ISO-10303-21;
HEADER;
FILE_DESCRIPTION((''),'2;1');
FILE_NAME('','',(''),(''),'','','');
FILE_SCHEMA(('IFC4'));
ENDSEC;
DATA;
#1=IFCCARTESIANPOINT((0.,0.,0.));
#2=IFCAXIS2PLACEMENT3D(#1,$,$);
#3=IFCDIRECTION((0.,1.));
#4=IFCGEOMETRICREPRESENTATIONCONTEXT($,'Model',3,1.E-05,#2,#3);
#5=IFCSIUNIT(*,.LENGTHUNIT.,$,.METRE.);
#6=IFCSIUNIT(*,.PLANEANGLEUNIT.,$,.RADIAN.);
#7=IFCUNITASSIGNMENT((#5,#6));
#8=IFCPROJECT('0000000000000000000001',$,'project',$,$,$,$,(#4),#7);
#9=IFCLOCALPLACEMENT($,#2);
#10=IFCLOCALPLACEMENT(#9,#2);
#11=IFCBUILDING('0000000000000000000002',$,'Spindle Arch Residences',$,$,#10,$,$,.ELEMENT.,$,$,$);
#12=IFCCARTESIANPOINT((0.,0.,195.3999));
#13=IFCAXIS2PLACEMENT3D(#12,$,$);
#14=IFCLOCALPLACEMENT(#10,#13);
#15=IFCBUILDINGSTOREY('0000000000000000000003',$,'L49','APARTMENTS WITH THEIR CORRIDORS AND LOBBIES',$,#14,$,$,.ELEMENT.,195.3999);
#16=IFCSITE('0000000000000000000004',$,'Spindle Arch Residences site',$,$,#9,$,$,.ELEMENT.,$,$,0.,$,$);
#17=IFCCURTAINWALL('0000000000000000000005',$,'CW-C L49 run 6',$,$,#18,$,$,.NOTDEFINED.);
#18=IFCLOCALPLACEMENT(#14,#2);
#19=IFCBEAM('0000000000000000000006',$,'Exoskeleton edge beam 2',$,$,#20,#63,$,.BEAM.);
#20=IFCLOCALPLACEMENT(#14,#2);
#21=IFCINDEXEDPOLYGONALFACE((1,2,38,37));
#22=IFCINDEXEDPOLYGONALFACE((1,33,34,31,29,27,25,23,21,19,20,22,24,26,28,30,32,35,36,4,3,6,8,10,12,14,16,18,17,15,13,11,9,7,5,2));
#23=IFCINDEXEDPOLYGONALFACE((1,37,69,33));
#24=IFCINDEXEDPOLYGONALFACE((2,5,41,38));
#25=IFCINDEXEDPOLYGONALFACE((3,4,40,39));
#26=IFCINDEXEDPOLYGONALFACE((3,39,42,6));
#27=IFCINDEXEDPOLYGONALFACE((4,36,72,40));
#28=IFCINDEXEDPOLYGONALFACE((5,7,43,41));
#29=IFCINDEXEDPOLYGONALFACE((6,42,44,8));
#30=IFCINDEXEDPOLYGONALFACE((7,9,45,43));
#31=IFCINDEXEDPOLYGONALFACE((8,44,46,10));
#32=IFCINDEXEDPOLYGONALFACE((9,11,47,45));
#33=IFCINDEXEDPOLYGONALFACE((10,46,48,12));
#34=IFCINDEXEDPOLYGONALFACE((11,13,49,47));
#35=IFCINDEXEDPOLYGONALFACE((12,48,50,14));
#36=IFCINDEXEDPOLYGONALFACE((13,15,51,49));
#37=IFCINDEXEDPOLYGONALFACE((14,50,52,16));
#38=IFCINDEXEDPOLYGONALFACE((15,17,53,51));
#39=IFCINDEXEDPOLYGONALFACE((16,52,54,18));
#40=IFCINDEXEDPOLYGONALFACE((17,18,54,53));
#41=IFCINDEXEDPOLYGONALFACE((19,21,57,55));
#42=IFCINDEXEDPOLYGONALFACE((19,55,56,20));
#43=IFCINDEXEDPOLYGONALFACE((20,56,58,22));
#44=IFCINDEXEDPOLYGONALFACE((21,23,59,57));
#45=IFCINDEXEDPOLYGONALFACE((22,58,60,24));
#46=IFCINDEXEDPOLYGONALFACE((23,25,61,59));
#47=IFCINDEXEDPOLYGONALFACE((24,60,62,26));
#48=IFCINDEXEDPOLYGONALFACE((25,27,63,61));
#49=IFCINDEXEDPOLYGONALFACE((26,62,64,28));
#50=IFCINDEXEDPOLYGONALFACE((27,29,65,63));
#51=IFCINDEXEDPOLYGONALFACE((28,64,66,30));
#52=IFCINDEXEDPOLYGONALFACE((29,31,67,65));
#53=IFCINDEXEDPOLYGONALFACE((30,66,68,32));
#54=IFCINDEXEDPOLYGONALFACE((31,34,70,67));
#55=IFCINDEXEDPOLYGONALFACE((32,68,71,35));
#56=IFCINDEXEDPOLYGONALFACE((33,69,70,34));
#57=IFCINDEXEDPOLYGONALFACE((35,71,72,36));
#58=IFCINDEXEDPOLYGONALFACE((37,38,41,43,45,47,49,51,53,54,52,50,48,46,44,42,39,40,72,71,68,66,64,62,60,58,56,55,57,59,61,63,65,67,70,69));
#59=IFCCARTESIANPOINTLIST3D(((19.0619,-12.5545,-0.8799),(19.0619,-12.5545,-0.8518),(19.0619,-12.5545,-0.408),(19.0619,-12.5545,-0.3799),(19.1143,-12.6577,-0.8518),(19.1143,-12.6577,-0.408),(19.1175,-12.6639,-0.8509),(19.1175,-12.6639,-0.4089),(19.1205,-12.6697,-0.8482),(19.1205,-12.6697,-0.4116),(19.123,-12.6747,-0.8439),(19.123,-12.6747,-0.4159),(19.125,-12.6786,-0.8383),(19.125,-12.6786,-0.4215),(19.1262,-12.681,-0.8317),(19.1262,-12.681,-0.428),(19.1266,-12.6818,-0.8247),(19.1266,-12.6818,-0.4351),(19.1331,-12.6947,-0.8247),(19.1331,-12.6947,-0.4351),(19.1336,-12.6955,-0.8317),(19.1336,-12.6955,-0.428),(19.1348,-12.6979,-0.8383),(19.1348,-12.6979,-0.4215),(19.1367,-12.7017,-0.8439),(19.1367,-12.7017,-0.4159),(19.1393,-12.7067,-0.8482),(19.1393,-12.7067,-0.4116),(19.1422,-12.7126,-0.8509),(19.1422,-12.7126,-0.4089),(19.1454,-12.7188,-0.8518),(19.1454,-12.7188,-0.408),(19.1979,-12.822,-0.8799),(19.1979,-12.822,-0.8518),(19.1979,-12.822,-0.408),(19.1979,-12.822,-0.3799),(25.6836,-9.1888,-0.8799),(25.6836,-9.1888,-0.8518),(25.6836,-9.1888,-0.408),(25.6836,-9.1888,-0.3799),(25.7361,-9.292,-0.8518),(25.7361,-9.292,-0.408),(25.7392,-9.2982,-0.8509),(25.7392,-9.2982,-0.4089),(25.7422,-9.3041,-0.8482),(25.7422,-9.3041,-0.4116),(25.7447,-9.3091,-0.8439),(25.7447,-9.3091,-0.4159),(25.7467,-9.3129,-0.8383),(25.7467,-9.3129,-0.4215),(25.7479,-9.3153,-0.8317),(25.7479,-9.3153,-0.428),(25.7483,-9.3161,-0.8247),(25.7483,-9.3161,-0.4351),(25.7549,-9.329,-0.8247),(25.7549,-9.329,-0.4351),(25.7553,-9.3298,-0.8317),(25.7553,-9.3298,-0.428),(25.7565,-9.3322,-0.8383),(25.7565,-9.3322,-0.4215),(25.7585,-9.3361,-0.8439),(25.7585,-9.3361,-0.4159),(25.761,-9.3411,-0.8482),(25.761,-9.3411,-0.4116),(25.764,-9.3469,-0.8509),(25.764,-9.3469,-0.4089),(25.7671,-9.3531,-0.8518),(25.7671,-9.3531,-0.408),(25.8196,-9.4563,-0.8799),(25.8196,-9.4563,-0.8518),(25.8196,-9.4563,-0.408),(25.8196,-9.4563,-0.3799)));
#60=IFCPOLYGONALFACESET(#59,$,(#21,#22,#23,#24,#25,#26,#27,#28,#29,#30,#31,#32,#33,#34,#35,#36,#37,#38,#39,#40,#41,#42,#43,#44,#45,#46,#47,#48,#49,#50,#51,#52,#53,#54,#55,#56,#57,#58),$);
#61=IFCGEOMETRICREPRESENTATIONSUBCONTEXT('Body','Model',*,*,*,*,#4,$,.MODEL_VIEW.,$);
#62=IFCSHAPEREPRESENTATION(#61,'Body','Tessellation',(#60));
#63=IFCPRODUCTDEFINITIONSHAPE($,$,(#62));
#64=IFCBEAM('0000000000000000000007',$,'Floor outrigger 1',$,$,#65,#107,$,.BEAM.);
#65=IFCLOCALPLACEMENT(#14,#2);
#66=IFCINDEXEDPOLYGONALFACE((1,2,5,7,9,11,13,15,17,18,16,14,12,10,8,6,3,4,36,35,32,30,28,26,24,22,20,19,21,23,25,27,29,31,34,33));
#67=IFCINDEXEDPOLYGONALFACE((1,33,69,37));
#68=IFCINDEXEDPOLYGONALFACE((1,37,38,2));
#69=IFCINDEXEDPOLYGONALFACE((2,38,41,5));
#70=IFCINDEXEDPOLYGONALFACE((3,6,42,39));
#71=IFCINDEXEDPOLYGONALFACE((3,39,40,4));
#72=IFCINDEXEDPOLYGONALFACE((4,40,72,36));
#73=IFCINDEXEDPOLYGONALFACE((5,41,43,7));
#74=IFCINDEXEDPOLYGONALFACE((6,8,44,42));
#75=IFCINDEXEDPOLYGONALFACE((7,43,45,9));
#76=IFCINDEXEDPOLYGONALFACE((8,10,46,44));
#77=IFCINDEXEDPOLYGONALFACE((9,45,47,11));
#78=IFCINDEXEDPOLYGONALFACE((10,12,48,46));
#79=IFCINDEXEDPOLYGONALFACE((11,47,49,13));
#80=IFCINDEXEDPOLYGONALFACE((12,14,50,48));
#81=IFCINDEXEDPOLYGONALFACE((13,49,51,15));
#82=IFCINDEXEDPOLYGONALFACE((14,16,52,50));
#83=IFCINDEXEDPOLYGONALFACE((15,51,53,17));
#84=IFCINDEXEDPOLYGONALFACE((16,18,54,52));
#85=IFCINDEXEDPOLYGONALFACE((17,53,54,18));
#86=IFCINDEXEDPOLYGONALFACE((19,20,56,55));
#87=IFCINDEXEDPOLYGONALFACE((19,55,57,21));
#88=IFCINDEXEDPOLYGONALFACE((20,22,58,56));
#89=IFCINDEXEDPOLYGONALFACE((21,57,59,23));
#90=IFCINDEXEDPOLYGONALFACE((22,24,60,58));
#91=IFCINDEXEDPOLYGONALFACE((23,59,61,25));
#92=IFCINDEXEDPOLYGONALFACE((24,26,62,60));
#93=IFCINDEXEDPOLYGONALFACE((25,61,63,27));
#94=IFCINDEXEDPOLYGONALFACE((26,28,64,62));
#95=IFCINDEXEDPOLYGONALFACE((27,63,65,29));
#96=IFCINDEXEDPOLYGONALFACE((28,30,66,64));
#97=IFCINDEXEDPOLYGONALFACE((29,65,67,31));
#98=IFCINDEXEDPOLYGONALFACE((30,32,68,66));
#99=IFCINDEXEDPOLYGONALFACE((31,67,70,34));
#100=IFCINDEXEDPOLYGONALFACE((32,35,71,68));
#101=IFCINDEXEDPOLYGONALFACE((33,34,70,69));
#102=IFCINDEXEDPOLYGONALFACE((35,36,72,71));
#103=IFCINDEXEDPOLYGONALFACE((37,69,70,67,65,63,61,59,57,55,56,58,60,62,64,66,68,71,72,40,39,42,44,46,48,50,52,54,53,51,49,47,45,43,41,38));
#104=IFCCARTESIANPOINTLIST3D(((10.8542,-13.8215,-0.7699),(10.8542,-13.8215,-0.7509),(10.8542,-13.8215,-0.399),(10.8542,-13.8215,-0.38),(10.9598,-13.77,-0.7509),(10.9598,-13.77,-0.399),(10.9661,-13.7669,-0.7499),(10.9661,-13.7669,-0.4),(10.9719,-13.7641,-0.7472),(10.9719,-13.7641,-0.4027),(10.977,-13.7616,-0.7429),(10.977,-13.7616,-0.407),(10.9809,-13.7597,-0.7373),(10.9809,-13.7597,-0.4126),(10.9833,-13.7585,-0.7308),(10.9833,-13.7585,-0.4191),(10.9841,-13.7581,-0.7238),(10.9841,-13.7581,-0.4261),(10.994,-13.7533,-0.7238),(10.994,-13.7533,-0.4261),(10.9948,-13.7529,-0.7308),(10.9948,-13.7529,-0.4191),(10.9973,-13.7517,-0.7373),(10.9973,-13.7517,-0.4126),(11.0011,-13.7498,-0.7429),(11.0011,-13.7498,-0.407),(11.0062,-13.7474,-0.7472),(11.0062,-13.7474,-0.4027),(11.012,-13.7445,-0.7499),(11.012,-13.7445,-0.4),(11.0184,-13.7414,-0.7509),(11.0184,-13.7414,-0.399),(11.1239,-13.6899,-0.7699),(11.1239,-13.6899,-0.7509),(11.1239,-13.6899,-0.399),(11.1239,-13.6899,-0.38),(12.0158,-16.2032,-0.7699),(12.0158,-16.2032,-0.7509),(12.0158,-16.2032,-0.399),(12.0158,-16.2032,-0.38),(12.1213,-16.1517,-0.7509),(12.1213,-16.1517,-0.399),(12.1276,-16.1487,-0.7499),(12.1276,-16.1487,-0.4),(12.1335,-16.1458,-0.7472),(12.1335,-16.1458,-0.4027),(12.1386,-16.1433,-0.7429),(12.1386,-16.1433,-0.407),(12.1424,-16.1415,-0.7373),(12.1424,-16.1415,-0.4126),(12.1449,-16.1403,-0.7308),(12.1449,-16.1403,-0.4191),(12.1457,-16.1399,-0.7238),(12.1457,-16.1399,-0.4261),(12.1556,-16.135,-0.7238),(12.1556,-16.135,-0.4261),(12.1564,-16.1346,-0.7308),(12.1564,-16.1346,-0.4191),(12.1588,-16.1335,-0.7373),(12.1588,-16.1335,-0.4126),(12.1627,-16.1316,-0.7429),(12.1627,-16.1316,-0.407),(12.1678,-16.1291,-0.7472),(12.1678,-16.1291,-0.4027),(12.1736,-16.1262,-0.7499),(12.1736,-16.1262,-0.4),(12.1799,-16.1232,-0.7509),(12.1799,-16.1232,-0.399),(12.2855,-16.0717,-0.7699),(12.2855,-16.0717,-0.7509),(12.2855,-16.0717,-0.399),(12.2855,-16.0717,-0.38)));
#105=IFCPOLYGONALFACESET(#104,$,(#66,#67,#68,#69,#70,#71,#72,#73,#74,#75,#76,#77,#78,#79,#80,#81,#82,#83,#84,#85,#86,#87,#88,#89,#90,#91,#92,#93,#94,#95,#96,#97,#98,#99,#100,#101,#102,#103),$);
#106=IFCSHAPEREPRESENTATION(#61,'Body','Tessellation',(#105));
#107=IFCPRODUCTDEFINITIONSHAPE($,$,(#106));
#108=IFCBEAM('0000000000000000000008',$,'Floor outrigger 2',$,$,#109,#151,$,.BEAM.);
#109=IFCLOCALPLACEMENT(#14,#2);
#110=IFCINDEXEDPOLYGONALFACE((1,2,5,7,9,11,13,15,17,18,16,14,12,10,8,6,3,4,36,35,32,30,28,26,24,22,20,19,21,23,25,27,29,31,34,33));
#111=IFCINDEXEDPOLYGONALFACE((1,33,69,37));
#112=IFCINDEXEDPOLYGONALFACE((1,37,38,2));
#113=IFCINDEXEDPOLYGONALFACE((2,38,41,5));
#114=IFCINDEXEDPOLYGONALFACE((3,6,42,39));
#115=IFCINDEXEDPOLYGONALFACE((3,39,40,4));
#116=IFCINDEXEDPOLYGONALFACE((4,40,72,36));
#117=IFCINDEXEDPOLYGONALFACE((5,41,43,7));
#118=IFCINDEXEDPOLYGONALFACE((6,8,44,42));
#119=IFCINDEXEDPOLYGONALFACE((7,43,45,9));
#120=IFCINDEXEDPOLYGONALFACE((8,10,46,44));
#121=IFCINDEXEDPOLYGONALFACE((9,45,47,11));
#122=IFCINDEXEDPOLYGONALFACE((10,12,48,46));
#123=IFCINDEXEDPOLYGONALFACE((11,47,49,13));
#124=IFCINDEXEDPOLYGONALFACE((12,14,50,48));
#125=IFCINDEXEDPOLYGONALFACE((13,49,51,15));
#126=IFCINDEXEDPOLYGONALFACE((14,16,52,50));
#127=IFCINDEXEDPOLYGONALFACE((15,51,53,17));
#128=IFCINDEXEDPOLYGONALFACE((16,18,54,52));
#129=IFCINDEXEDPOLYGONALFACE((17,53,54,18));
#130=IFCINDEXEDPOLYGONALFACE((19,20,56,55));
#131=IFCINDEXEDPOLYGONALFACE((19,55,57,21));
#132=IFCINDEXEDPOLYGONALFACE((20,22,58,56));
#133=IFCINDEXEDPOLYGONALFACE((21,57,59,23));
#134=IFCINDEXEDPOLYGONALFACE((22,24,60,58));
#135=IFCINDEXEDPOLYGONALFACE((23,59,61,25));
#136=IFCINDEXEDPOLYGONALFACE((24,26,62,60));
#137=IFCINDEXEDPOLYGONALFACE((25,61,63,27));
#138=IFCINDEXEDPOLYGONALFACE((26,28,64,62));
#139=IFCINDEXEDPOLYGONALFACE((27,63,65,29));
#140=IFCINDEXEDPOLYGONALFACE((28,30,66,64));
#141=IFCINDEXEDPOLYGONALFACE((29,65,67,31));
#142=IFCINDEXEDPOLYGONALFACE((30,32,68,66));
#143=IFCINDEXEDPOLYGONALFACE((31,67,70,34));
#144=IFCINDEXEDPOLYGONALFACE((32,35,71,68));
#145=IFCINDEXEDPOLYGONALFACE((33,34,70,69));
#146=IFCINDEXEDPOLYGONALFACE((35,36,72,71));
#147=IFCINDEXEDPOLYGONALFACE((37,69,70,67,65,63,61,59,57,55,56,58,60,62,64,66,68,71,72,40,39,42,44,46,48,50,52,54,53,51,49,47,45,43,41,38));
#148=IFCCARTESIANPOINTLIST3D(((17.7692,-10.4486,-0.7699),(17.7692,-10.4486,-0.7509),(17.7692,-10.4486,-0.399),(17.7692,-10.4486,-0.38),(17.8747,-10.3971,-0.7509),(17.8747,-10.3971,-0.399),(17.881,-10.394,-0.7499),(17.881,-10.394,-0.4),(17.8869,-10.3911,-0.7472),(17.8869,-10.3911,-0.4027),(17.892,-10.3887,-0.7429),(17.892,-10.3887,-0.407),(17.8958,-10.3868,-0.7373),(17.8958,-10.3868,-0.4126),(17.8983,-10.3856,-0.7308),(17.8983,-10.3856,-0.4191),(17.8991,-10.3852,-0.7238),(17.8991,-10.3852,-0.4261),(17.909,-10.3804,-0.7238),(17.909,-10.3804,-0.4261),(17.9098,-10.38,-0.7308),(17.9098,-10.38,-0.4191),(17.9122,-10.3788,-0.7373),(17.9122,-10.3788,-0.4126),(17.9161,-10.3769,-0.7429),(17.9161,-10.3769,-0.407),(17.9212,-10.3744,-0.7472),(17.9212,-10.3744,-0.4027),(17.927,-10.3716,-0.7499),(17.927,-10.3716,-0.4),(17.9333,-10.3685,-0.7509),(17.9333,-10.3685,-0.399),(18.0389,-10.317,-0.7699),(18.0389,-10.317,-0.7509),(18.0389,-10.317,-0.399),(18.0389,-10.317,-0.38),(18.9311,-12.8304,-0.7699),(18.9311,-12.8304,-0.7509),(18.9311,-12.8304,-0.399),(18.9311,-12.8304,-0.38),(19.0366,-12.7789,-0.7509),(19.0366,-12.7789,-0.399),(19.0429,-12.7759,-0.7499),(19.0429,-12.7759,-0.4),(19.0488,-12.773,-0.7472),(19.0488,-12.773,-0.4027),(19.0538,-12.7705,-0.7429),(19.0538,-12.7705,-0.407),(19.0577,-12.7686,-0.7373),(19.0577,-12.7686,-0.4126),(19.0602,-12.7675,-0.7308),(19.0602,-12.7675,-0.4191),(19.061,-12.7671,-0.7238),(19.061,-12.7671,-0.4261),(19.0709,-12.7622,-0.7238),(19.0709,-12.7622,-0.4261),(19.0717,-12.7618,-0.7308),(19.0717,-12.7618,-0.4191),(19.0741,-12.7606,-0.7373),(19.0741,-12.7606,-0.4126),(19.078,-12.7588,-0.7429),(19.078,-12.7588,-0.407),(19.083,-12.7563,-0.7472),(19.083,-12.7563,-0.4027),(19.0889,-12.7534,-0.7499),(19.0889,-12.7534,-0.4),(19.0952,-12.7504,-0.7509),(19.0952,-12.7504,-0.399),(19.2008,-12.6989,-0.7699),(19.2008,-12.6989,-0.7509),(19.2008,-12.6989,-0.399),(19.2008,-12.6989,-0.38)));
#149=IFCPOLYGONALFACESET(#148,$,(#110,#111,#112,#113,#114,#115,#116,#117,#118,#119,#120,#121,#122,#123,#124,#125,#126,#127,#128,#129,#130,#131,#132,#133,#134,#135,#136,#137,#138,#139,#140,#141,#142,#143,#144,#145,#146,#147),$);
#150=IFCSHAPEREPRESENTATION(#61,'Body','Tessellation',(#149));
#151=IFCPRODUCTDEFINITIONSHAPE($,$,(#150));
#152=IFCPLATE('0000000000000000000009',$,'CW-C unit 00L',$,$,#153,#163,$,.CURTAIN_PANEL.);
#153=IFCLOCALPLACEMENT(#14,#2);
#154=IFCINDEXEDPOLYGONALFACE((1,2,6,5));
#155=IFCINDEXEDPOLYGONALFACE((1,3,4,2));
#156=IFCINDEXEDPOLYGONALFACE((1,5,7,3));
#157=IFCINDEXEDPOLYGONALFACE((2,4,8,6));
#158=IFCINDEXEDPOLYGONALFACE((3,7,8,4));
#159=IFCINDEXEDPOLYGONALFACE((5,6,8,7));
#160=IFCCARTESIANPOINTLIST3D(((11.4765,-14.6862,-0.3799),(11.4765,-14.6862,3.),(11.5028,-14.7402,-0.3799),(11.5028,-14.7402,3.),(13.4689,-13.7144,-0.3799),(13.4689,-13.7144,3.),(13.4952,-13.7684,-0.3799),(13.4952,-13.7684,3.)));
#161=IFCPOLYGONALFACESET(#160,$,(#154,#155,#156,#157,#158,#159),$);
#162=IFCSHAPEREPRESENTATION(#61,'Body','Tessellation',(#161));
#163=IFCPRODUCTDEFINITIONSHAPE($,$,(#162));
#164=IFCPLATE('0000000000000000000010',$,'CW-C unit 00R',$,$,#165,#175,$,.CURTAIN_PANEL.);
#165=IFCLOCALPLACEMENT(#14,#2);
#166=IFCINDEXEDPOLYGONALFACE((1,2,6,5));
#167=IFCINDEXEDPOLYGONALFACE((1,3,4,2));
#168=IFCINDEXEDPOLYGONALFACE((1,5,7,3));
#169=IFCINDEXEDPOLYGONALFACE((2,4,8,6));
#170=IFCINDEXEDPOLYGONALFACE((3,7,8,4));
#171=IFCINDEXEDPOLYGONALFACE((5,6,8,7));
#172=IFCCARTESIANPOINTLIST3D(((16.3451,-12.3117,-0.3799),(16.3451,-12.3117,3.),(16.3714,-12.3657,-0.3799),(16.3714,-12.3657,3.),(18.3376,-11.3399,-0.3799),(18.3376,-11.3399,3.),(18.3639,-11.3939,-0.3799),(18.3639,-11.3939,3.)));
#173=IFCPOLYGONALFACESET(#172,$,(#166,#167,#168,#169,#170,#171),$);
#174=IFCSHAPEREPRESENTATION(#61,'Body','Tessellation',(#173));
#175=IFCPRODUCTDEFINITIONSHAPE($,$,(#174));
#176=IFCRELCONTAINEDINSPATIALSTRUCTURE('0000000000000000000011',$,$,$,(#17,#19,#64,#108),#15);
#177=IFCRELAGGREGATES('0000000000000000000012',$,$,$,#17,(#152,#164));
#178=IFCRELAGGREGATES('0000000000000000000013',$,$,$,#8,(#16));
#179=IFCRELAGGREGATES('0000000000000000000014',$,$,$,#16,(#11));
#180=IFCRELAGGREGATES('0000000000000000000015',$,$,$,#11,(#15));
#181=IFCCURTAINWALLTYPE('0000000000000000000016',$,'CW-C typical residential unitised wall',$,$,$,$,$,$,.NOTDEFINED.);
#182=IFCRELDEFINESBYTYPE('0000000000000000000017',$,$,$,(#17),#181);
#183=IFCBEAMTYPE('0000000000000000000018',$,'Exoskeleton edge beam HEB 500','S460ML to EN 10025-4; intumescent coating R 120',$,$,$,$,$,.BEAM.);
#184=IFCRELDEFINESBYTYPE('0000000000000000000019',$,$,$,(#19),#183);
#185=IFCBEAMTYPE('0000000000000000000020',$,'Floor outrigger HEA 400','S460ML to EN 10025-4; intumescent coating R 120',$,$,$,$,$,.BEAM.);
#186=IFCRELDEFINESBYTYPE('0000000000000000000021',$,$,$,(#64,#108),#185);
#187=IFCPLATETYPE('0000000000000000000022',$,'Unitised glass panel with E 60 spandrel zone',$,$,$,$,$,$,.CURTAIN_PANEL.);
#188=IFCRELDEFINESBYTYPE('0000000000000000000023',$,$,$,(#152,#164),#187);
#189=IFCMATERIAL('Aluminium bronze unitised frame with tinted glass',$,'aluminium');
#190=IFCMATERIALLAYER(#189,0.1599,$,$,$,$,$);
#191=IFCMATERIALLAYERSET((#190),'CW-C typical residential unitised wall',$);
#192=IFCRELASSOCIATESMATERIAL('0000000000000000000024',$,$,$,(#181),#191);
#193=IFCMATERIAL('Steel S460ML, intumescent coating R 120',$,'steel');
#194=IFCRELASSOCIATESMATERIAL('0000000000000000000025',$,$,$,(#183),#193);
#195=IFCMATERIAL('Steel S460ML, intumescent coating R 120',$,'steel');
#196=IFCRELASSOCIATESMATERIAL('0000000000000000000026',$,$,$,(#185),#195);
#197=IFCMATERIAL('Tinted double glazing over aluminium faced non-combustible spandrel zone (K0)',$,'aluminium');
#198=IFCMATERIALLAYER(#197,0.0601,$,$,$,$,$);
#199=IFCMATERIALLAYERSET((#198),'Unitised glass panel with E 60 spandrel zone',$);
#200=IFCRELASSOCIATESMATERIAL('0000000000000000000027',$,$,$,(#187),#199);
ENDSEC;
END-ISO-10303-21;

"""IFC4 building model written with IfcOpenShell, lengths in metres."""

from ifc_helpers import new_model, si_unit, direction, frame, origin, origin_2d, place, context, subcontext, project, spatial, rectangle, i_section, extrude, material, layer, layer_set, material_profile, profile_set, type_object, element, aggregate, save


model = new_model("IFC4")

# Units and contexts
model_context = context("Model", 3, precision=1e-05, world=origin(), true_north=direction((0.0, 1.0)))
body_context = subcontext(model_context, "Body", "Model", "MODEL_VIEW")
ifc_project = project(units=[si_unit("LENGTHUNIT", "METRE"), si_unit("PLANEANGLEUNIT", "RADIAN")], contexts=[model_context])

# Site, building, storey
site_placement = place(None, origin())
site = spatial("IfcSite", under=ifc_project, at=site_placement, Name="Spindle Arch Residences site", CompositionType="ELEMENT", RefElevation=0.0)
building_placement = place(site_placement, origin())
building = spatial("IfcBuilding", under=site, at=building_placement, Name="Spindle Arch Residences", CompositionType="ELEMENT")
storey_placement = place(building_placement, frame((0.0, 0.0, 195.3999)))
storey = spatial("IfcBuildingStorey", under=building, at=storey_placement, Name="L49", Description="APARTMENTS WITH THEIR CORRIDORS AND LOBBIES", CompositionType="ELEMENT", Elevation=195.3999)

# Curtain wall
ifc_material_1 = material(Name="Aluminium bronze unitised frame with tinted glass", Category="aluminium")
ifc_layer_1 = layer(ifc_material_1, 0.1599)
ifc_layer_set_1 = layer_set([ifc_layer_1], Name="CW-C typical residential unitised wall")
curtain_wall_type_1 = type_object("IfcCurtainWallType", Name="CW-C typical residential unitised wall", PredefinedType="NOTDEFINED", material=ifc_layer_set_1)
curtain_wall_1_placement = place(storey_placement, origin())
curtain_wall_1 = element("IfcCurtainWall", 1, at=curtain_wall_1_placement, inside=storey, type_object=curtain_wall_type_1, Name="CW-C L49 run 6", PredefinedType="NOTDEFINED")

# Beams
ifc_material_2 = material(Name="Steel S460ML, intumescent coating R 120", Category="steel")
ifc_material_profile_1 = material_profile(ifc_material_2, i_section(OverallWidth=0.3, OverallDepth=0.5, WebThickness=0.0144, FlangeThickness=0.0281, FilletRadius=0.0271, at=origin_2d()), Name="HEB 500")
ifc_profile_set_1 = profile_set([ifc_material_profile_1], Name="Steel S460ML, intumescent coating R 120")
beam_type_1 = type_object("IfcBeamType", Name="Exoskeleton edge beam HEB 500", Description="S460ML to EN 10025-4; intumescent coating R 120", PredefinedType="BEAM", material=ifc_profile_set_1)
beam_1_placement = place(storey_placement, frame((19.1299, -12.6882, -0.6299), z_axis=(0.891456, 0.453107, 0.0), x_axis=(-0.453107, 0.891456, 0.0)))
element("IfcBeam", 2, at=beam_1_placement, inside=storey, type_object=beam_type_1, Name="Exoskeleton edge beam 2", PredefinedType="BEAM", context=body_context, shape_type="SweptSolid", body=[
    extrude(i_section(OverallWidth=0.3, OverallDepth=0.5, WebThickness=0.0144, FlangeThickness=0.0281, FilletRadius=0.0271, at=origin_2d()), origin(), (0.0, 0.0, 1.0), 7.428),
])
ifc_material_3 = material(Name="Steel S460ML, intumescent coating R 120", Category="steel")
ifc_material_profile_2 = material_profile(ifc_material_3, i_section(OverallWidth=0.3, OverallDepth=0.3899, WebThickness=0.011, FlangeThickness=0.019, FilletRadius=0.0271, at=origin_2d()), Name="HEA 400")
ifc_profile_set_2 = profile_set([ifc_material_profile_2], Name="Steel S460ML, intumescent coating R 120")
beam_type_2 = type_object("IfcBeamType", Name="Floor outrigger HEA 400", Description="S460ML to EN 10025-4; intumescent coating R 120", PredefinedType="BEAM", material=ifc_profile_set_2)
beam_2_placement = place(storey_placement, frame((12.1506, -16.1375, -0.575), z_axis=(-0.438347, 0.898806, 0.0), x_axis=(-0.898806, -0.438347, 0.0)))
element("IfcBeam", 3, at=beam_2_placement, inside=storey, type_object=beam_type_2, Name="Floor outrigger 1", PredefinedType="BEAM", context=body_context, shape_type="SweptSolid", body=[
    extrude(i_section(OverallWidth=0.3, OverallDepth=0.3899, WebThickness=0.011, FlangeThickness=0.019, FilletRadius=0.0271, at=origin_2d()), origin(), (0.0, 0.0, 1.0), 2.6499),
])
beam_3_placement = place(storey_placement, frame((19.0659, -12.7646, -0.575), z_axis=(-0.438422, 0.898769, 0.0), x_axis=(-0.898769, -0.438422, 0.0)))
element("IfcBeam", 4, at=beam_3_placement, inside=storey, type_object=beam_type_2, Name="Floor outrigger 2", PredefinedType="BEAM", context=body_context, shape_type="SweptSolid", body=[
    extrude(i_section(OverallWidth=0.3, OverallDepth=0.3899, WebThickness=0.011, FlangeThickness=0.019, FilletRadius=0.0271, at=origin_2d()), origin(), (0.0, 0.0, 1.0), 2.6501),
])

# Plates
ifc_material_4 = material(Name="Tinted double glazing over aluminium faced non-combustible spandrel zone (K0)", Category="aluminium")
ifc_layer_2 = layer(ifc_material_4, 0.0601)
ifc_layer_set_2 = layer_set([ifc_layer_2], Name="Unitised glass panel with E 60 spandrel zone")
plate_type = type_object("IfcPlateType", Name="Unitised glass panel with E 60 spandrel zone", PredefinedType="CURTAIN_PANEL", material=ifc_layer_set_2)
plate_1_placement = place(storey_placement, frame((12.4858, -14.2273, -0.3799), z_axis=(0.0, 0.0, 1.0), x_axis=(0.898794, 0.438371, 0.0)))
plate_1 = element("IfcPlate", 5, at=plate_1_placement, type_object=plate_type, Name="CW-C unit 00L", PredefinedType="CURTAIN_PANEL", context=body_context, shape_type="SweptSolid", body=[
    extrude(rectangle(XDim=2.2168, YDim=0.0601, at=origin_2d()), origin(), (0.0, 0.0, 1.0), 3.3799),
])
plate_2_placement = place(storey_placement, frame((17.3545, -11.8528, -0.3799), z_axis=(0.0, 0.0, 1.0), x_axis=(0.898794, 0.438371, 0.0)))
plate_2 = element("IfcPlate", 6, at=plate_2_placement, type_object=plate_type, Name="CW-C unit 00R", PredefinedType="CURTAIN_PANEL", context=body_context, shape_type="SweptSolid", body=[
    extrude(rectangle(XDim=2.2168, YDim=0.0601, at=origin_2d()), origin(), (0.0, 0.0, 1.0), 3.3799),
])
aggregate(curtain_wall_1, [plate_1, plate_2])

save(model, "model.ifc")
